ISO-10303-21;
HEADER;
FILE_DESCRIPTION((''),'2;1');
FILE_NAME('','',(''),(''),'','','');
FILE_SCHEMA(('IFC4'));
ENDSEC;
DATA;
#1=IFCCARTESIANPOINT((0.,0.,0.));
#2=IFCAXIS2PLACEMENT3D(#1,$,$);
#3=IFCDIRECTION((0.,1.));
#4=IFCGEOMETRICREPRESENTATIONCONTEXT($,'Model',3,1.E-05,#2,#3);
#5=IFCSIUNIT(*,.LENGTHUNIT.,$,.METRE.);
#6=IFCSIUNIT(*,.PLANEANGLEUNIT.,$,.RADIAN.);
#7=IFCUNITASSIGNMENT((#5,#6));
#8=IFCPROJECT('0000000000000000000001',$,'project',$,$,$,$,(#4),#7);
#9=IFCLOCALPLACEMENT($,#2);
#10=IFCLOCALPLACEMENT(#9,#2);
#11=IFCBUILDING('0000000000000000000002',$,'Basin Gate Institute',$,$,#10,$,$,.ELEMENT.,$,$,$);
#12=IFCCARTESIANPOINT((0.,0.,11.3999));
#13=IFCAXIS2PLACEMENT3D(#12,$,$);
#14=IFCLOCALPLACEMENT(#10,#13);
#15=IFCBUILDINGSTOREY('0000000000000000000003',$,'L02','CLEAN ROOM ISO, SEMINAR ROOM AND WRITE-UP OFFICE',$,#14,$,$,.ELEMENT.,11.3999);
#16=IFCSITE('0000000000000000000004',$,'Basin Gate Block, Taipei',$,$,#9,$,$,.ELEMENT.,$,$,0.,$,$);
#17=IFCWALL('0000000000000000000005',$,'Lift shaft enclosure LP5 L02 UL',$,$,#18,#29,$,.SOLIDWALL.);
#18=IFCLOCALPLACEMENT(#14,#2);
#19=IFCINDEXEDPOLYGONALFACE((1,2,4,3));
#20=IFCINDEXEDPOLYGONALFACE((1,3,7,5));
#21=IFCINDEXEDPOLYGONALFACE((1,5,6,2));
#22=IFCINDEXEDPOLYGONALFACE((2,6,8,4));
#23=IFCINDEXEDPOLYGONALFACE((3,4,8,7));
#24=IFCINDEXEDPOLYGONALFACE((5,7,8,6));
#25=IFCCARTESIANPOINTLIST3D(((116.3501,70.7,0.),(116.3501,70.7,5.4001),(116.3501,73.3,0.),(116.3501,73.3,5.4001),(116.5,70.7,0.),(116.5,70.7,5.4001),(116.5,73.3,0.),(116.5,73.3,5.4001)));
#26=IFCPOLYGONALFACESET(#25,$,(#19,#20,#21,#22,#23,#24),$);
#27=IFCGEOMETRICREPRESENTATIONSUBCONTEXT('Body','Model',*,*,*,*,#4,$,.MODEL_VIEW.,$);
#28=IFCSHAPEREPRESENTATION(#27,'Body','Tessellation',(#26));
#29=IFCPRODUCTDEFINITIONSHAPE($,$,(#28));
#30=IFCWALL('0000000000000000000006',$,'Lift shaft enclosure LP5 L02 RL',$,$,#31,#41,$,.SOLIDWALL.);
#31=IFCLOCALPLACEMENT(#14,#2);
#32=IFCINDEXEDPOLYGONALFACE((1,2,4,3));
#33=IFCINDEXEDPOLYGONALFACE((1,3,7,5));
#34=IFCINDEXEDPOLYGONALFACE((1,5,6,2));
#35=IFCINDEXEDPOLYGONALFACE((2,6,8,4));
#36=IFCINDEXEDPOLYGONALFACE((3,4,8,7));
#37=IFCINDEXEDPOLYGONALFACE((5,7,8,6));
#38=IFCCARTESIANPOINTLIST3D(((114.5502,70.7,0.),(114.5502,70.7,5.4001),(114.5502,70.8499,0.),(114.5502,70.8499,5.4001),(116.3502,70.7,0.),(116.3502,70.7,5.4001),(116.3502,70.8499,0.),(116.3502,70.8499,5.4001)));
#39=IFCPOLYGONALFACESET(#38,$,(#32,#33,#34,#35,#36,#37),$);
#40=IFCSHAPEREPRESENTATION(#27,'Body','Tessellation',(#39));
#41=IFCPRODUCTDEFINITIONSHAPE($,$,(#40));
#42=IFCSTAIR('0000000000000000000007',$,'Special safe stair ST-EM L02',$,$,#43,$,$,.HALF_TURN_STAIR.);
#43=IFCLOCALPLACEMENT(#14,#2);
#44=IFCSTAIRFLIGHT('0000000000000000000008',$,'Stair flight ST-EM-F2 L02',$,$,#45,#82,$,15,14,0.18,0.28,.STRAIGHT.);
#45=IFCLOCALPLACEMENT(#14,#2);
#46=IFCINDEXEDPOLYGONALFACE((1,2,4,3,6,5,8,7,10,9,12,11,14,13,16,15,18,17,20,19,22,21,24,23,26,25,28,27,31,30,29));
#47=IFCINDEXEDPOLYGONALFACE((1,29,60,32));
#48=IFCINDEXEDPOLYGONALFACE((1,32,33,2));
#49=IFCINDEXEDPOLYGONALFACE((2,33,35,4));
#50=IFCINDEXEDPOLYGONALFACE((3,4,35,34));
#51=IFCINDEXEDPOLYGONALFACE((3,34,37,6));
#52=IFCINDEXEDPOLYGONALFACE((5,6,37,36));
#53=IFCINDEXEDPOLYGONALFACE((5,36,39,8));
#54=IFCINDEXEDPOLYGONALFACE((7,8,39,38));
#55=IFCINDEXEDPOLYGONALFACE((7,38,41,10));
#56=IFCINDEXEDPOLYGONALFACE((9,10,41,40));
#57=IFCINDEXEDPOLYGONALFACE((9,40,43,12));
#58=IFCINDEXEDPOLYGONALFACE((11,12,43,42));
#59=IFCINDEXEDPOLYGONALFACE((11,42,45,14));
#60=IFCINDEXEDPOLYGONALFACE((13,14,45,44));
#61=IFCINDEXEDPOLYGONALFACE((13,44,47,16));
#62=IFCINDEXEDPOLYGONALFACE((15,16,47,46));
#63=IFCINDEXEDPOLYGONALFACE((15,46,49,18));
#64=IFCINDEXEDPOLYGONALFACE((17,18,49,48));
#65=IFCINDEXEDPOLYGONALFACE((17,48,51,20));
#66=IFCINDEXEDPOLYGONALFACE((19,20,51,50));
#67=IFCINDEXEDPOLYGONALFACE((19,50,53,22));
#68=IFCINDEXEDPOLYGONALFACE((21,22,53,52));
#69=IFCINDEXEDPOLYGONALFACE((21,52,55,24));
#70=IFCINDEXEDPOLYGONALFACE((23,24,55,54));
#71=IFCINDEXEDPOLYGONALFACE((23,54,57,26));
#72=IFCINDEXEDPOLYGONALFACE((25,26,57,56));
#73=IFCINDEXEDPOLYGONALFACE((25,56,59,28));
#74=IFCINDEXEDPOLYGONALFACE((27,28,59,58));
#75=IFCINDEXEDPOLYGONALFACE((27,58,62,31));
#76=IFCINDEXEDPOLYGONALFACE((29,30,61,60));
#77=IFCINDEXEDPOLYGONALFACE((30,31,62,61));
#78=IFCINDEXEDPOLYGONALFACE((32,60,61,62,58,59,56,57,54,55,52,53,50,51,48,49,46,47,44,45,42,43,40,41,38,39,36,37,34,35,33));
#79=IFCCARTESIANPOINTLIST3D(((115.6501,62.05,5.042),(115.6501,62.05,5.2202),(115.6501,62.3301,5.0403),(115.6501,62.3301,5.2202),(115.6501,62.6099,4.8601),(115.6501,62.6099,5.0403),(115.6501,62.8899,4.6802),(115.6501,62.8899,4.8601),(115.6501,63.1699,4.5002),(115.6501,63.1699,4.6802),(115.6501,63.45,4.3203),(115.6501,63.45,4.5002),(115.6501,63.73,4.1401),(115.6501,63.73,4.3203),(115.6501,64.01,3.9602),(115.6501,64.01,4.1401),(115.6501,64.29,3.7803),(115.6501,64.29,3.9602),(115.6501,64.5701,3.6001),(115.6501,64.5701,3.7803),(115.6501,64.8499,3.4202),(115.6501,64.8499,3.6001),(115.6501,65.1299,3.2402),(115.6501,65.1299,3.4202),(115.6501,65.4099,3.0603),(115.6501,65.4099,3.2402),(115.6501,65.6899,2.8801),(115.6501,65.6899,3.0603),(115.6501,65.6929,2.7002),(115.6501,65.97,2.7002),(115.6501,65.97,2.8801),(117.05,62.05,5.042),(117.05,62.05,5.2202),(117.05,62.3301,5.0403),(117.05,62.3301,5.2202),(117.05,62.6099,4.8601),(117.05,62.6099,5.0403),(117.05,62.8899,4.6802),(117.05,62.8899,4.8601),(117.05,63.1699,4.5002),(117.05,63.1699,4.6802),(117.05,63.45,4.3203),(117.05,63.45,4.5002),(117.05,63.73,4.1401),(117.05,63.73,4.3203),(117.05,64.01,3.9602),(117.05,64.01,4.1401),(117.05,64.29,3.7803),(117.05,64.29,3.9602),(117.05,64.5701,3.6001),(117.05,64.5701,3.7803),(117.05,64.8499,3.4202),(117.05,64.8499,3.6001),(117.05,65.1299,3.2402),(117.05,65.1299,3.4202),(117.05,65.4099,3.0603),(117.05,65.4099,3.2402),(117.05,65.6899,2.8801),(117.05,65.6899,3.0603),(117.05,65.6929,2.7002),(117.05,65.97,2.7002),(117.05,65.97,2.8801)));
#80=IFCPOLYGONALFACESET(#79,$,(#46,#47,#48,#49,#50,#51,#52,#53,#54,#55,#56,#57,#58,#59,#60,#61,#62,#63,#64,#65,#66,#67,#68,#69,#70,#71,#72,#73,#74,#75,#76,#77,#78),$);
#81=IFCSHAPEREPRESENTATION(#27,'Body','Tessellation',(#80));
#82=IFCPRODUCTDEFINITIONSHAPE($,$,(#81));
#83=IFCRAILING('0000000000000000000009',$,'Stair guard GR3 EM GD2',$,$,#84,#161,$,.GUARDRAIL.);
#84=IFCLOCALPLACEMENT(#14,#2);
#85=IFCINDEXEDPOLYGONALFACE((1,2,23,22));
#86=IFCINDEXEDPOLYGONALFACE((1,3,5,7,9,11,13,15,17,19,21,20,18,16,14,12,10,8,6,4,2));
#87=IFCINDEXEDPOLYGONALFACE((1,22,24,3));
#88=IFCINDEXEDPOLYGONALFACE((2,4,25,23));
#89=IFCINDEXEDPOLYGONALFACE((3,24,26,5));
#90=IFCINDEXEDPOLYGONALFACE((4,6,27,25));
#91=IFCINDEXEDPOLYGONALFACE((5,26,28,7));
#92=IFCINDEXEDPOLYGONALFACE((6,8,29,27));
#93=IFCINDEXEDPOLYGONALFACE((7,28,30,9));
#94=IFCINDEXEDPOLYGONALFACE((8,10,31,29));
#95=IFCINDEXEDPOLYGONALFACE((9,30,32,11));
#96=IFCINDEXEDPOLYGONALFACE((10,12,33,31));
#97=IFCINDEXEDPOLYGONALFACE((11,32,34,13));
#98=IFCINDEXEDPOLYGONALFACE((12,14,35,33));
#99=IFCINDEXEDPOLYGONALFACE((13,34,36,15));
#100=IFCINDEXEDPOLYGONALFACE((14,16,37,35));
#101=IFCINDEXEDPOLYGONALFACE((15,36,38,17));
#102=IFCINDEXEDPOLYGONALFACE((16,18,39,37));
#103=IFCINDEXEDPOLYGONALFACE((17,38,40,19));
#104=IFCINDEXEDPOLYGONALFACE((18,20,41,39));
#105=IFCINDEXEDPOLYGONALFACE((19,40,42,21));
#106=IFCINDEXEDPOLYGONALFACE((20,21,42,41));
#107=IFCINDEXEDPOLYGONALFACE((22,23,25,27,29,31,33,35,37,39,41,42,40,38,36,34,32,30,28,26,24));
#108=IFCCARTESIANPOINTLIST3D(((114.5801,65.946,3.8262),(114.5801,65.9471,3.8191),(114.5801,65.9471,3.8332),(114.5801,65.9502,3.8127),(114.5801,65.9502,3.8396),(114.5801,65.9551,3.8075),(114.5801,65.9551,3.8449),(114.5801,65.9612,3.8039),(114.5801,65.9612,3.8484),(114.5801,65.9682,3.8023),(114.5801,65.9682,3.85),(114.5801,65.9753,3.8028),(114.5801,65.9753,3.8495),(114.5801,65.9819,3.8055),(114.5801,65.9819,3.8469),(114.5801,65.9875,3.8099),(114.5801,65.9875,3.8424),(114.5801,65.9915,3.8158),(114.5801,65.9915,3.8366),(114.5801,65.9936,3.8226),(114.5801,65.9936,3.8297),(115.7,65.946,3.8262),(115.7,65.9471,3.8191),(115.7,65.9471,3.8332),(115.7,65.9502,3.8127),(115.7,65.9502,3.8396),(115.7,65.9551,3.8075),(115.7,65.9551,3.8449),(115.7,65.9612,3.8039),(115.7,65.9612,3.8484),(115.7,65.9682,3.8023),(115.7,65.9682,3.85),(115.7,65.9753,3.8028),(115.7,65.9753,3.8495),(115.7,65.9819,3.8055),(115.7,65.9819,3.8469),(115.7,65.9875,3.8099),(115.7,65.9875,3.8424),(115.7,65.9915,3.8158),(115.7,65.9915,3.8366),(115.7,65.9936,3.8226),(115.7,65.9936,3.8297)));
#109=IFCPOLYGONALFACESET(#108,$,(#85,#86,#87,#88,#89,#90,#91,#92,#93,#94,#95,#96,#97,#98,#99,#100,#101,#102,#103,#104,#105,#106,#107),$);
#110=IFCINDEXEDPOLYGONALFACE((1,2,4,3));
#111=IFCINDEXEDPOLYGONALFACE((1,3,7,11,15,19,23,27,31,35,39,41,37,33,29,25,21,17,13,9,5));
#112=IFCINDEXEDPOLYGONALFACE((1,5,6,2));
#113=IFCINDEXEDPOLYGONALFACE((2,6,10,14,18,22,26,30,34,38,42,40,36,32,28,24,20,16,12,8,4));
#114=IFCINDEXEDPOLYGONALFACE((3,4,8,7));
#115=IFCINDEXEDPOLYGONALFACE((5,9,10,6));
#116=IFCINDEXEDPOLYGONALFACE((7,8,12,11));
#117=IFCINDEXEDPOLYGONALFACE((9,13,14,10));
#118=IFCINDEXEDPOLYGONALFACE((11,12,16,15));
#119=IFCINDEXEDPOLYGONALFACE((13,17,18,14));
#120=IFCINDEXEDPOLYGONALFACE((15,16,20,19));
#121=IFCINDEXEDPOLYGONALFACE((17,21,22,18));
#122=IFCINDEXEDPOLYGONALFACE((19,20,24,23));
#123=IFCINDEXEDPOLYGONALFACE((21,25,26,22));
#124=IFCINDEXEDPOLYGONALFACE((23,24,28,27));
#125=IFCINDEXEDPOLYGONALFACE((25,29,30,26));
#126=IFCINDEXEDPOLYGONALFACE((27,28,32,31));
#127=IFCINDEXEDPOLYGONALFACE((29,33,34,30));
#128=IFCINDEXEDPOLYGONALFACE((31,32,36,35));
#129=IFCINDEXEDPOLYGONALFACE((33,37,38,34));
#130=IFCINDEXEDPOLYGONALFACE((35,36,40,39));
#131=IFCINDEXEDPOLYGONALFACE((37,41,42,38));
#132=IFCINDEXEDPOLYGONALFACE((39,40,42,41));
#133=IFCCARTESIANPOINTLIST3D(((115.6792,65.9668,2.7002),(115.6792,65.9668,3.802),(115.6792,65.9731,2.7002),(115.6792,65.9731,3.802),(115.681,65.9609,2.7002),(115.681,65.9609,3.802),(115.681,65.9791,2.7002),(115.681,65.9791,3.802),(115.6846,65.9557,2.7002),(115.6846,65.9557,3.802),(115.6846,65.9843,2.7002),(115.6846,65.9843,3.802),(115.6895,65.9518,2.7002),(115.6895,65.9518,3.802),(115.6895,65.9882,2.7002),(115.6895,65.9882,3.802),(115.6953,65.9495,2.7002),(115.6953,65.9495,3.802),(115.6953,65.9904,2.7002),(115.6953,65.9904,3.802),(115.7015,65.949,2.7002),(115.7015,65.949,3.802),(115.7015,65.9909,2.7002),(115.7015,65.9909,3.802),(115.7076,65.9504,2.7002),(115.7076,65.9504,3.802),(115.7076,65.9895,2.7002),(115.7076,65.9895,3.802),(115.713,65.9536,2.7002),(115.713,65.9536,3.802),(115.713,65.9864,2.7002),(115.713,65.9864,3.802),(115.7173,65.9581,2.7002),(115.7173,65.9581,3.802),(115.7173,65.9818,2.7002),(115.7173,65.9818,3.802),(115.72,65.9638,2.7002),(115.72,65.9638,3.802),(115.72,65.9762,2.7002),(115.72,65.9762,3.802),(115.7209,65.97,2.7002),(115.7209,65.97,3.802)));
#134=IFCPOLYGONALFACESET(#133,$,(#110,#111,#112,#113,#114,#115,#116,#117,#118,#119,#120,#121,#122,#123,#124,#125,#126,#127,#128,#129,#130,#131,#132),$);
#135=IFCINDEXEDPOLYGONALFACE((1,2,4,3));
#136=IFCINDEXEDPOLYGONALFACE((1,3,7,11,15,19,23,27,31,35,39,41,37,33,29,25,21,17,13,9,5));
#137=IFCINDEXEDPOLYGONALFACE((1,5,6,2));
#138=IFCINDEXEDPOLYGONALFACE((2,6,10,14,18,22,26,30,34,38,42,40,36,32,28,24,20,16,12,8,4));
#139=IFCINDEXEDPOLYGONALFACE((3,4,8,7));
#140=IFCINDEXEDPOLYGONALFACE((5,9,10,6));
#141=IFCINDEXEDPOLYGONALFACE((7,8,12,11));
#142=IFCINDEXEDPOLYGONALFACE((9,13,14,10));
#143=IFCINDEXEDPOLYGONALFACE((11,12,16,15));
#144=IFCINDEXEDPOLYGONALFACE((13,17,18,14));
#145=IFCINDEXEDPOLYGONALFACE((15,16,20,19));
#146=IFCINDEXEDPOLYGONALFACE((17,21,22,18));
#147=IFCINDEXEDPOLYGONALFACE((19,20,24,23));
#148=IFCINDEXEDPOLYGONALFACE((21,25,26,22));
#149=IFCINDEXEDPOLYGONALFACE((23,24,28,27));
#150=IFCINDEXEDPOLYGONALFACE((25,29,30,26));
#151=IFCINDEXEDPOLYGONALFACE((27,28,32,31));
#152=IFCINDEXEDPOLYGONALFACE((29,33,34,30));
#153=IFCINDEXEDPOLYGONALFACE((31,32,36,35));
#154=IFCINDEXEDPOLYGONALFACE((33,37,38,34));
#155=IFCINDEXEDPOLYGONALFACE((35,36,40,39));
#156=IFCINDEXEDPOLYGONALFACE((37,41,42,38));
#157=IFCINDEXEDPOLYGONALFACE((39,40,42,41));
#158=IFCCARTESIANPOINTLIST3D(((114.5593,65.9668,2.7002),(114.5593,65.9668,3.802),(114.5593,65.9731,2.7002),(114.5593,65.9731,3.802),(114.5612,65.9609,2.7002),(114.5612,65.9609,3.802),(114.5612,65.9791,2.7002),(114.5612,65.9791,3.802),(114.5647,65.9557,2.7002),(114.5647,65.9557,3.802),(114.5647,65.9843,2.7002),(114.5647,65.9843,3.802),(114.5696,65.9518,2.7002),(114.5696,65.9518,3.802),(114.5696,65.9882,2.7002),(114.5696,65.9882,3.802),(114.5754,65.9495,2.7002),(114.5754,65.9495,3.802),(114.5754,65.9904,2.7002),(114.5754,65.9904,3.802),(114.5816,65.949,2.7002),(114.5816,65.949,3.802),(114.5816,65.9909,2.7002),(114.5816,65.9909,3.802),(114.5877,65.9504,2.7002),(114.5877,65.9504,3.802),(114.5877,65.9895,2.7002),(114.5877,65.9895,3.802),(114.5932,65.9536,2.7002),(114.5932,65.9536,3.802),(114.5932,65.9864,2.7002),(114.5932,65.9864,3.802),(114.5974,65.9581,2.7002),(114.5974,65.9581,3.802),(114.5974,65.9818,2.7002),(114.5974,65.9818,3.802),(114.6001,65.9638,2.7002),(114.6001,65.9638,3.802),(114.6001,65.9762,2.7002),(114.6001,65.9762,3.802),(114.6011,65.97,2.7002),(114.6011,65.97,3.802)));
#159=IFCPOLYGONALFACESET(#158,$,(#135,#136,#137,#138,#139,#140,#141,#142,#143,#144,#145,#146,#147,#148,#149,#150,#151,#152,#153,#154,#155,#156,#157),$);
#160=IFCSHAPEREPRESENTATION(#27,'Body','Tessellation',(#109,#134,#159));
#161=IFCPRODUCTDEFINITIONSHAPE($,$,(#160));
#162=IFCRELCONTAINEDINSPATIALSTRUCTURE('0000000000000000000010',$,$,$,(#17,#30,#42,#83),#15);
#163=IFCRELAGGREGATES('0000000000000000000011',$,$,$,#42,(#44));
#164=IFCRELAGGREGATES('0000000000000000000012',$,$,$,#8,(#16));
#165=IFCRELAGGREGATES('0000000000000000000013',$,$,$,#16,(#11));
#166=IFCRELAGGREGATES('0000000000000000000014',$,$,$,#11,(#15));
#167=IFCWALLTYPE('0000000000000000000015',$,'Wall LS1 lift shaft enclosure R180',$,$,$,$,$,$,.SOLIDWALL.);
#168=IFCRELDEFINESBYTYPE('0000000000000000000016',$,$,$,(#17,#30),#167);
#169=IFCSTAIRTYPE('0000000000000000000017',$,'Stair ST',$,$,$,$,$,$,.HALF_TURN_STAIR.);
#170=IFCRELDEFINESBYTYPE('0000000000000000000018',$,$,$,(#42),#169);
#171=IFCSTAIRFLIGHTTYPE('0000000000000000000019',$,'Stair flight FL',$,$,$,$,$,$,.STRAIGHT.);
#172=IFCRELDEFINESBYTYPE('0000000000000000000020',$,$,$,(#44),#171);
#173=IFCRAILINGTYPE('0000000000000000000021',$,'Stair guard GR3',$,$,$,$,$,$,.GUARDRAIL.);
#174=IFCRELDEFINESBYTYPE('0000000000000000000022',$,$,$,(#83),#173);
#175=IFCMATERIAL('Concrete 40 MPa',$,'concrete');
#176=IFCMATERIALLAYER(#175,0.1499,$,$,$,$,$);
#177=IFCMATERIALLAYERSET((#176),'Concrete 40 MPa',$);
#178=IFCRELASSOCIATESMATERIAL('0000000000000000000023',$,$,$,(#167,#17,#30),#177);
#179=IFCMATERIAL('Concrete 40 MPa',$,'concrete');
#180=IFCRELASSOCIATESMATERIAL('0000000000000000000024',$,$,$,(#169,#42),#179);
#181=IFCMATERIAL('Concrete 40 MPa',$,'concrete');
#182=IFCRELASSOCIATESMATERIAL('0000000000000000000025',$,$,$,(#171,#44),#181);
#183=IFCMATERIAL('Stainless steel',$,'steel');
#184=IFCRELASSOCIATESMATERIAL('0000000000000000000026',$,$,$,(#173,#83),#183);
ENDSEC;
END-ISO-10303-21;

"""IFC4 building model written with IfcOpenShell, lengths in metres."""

from ifc_helpers import new_model, si_unit, direction, frame, frame_2d, origin, origin_2d, place, context, subcontext, project, spatial, polyline, rectangle, circle, outline, extrude, material, layer, layer_set, type_object, element, aggregate, save


model = new_model("IFC4")

# Units and contexts
model_context = context("Model", 3, precision=1e-05, world=origin(), true_north=direction((0.0, 1.0)))
body_context = subcontext(model_context, "Body", "Model", "MODEL_VIEW")
ifc_project = project(units=[si_unit("LENGTHUNIT", "METRE"), si_unit("PLANEANGLEUNIT", "RADIAN")], contexts=[model_context])

# Site, building, storey
site_placement = place(None, origin())
site = spatial("IfcSite", under=ifc_project, at=site_placement, Name="Basin Gate Block, Taipei", CompositionType="ELEMENT", RefElevation=0.0)
building_placement = place(site_placement, origin())
building = spatial("IfcBuilding", under=site, at=building_placement, Name="Basin Gate Institute", CompositionType="ELEMENT")
storey_placement = place(building_placement, frame((0.0, 0.0, 11.3999)))
storey = spatial("IfcBuildingStorey", under=building, at=storey_placement, Name="L02", Description="CLEAN ROOM ISO, SEMINAR ROOM AND WRITE-UP OFFICE", CompositionType="ELEMENT", Elevation=11.3999)

# Walls
ifc_material_1 = material(Name="Concrete 40 MPa", Category="concrete")
ifc_layer_1 = layer(ifc_material_1, 0.1499)
ifc_layer_set_1 = layer_set([ifc_layer_1], Name="Concrete 40 MPa")
wall_type_1 = type_object("IfcWallType", Name="Wall LS1 lift shaft enclosure R180", PredefinedType="SOLIDWALL", material=ifc_layer_set_1)
wall_1_placement = place(storey_placement, frame((116.425, 70.7, 0.0), z_axis=(0.0, 0.0, 1.0), x_axis=(0.0, 1.0, 0.0)))
element("IfcWall", 1, at=wall_1_placement, inside=storey, type_object=wall_type_1, material=ifc_layer_set_1, Name="Lift shaft enclosure LP5 L02 UL", PredefinedType="SOLIDWALL", context=body_context, shape_type="SweptSolid", body=[
    extrude(rectangle(XDim=2.6001, YDim=0.1499, at=frame_2d((1.3, 0.0))), origin(), (0.0, 0.0, 1.0), 5.4001),
])
wall_2_placement = place(storey_placement, frame((116.3501, 70.7749, 0.0), z_axis=(0.0, 0.0, 1.0), x_axis=(-1.0, 0.0, 0.0)))
element("IfcWall", 2, at=wall_2_placement, inside=storey, type_object=wall_type_1, material=ifc_layer_set_1, Name="Lift shaft enclosure LP5 L02 RL", PredefinedType="SOLIDWALL", context=body_context, shape_type="SweptSolid", body=[
    extrude(rectangle(XDim=1.8, YDim=0.1499, at=frame_2d((0.8999, 0.0))), origin(), (0.0, 0.0, 1.0), 5.4001),
])

# Stair, stair flight
ifc_material_2 = material(Name="Concrete 40 MPa", Category="concrete")
stair_type = type_object("IfcStairType", Name="Stair ST", PredefinedType="HALF_TURN_STAIR", material=ifc_material_2)
stair_placement = place(storey_placement, origin())
stair = element("IfcStair", 3, at=stair_placement, inside=storey, type_object=stair_type, material=ifc_material_2, Name="Special safe stair ST-EM L02", PredefinedType="HALF_TURN_STAIR")
ifc_material_3 = material(Name="Concrete 40 MPa", Category="concrete")
stair_flight_type = type_object("IfcStairFlightType", Name="Stair flight FL", PredefinedType="STRAIGHT", material=ifc_material_3)
stair_flight_placement = place(storey_placement, frame((116.3501, 65.97, 2.7002), z_axis=(0.0, 0.0, 1.0), x_axis=(0.0, -1.0, 0.0)))
stair_flight = element("IfcStairFlight", 4, at=stair_flight_placement, type_object=stair_flight_type, material=ifc_material_3, Name="Stair flight ST-EM-F2 L02", NumberOfRisers=15, NumberOfTreads=14, PredefinedType="STRAIGHT", RiserHeight=0.18, TreadLength=0.28, context=body_context, shape_type="SweptSolid", body=[
    extrude(outline(polyline([(0.0, 0.0), (0.0, 0.1799), (0.28, 0.1799), (0.28, 0.3601), (0.5601, 0.3601), (0.5601, 0.54), (0.8401, 0.54), (0.8401, 0.72), (1.1201, 0.72), (1.1201, 0.8999), (1.3999, 0.8999), (1.3999, 1.0801), (1.6799, 1.0801), (1.6799, 1.26), (1.96, 1.26), (1.96, 1.4399), (2.24, 1.4399), (2.24, 1.6201), (2.52, 1.6201), (2.52, 1.8), (2.8, 1.8), (2.8, 1.98), (3.0801, 1.98), (3.0801, 2.1599), (3.3601, 2.1599), (3.3601, 2.3401), (3.6399, 2.3401), (3.6399, 2.52), (3.9199, 2.52), (3.9199, 2.7), (3.9199, 2.3418), (0.2771, 0.0), (0.0, 0.0)])), frame((0.0, 0.7, 0.0), z_axis=(0.0, -1.0, 0.0), x_axis=(1.0, 0.0, 0.0)), (0.0, 0.0, 1.0), 1.3999),
])
aggregate(stair, [stair_flight])

# Railing
ifc_material_4 = material(Name="Stainless steel", Category="steel")
railing_type_1 = type_object("IfcRailingType", Name="Stair guard GR3", PredefinedType="GUARDRAIL", material=ifc_material_4)
railing_1_placement = place(storey_placement, frame((115.7, 65.97, 2.7002)))
element("IfcRailing", 5, at=railing_1_placement, inside=storey, type_object=railing_type_1, material=ifc_material_4, Name="Stair guard GR3 EM GD2", PredefinedType="GUARDRAIL", context=body_context, shape_type="SweptSolid", body=[
    extrude(circle(Radius=0.0239, at=origin_2d()), frame((0.0, 0.0, 1.126), z_axis=(-1.0, 0.0, 0.0), x_axis=(0.0, -1.0, 0.0)), (0.0, 0.0, 1.0), 1.1199),
    extrude(circle(Radius=0.021, at=origin_2d()), origin(), (0.0, 0.0, 1.0), 1.1018),
    extrude(circle(Radius=0.021, at=origin_2d()), frame((-1.1199, 0.0, 0.0)), (0.0, 0.0, 1.0), 1.1018),
])

save(model, "model.ifc")
